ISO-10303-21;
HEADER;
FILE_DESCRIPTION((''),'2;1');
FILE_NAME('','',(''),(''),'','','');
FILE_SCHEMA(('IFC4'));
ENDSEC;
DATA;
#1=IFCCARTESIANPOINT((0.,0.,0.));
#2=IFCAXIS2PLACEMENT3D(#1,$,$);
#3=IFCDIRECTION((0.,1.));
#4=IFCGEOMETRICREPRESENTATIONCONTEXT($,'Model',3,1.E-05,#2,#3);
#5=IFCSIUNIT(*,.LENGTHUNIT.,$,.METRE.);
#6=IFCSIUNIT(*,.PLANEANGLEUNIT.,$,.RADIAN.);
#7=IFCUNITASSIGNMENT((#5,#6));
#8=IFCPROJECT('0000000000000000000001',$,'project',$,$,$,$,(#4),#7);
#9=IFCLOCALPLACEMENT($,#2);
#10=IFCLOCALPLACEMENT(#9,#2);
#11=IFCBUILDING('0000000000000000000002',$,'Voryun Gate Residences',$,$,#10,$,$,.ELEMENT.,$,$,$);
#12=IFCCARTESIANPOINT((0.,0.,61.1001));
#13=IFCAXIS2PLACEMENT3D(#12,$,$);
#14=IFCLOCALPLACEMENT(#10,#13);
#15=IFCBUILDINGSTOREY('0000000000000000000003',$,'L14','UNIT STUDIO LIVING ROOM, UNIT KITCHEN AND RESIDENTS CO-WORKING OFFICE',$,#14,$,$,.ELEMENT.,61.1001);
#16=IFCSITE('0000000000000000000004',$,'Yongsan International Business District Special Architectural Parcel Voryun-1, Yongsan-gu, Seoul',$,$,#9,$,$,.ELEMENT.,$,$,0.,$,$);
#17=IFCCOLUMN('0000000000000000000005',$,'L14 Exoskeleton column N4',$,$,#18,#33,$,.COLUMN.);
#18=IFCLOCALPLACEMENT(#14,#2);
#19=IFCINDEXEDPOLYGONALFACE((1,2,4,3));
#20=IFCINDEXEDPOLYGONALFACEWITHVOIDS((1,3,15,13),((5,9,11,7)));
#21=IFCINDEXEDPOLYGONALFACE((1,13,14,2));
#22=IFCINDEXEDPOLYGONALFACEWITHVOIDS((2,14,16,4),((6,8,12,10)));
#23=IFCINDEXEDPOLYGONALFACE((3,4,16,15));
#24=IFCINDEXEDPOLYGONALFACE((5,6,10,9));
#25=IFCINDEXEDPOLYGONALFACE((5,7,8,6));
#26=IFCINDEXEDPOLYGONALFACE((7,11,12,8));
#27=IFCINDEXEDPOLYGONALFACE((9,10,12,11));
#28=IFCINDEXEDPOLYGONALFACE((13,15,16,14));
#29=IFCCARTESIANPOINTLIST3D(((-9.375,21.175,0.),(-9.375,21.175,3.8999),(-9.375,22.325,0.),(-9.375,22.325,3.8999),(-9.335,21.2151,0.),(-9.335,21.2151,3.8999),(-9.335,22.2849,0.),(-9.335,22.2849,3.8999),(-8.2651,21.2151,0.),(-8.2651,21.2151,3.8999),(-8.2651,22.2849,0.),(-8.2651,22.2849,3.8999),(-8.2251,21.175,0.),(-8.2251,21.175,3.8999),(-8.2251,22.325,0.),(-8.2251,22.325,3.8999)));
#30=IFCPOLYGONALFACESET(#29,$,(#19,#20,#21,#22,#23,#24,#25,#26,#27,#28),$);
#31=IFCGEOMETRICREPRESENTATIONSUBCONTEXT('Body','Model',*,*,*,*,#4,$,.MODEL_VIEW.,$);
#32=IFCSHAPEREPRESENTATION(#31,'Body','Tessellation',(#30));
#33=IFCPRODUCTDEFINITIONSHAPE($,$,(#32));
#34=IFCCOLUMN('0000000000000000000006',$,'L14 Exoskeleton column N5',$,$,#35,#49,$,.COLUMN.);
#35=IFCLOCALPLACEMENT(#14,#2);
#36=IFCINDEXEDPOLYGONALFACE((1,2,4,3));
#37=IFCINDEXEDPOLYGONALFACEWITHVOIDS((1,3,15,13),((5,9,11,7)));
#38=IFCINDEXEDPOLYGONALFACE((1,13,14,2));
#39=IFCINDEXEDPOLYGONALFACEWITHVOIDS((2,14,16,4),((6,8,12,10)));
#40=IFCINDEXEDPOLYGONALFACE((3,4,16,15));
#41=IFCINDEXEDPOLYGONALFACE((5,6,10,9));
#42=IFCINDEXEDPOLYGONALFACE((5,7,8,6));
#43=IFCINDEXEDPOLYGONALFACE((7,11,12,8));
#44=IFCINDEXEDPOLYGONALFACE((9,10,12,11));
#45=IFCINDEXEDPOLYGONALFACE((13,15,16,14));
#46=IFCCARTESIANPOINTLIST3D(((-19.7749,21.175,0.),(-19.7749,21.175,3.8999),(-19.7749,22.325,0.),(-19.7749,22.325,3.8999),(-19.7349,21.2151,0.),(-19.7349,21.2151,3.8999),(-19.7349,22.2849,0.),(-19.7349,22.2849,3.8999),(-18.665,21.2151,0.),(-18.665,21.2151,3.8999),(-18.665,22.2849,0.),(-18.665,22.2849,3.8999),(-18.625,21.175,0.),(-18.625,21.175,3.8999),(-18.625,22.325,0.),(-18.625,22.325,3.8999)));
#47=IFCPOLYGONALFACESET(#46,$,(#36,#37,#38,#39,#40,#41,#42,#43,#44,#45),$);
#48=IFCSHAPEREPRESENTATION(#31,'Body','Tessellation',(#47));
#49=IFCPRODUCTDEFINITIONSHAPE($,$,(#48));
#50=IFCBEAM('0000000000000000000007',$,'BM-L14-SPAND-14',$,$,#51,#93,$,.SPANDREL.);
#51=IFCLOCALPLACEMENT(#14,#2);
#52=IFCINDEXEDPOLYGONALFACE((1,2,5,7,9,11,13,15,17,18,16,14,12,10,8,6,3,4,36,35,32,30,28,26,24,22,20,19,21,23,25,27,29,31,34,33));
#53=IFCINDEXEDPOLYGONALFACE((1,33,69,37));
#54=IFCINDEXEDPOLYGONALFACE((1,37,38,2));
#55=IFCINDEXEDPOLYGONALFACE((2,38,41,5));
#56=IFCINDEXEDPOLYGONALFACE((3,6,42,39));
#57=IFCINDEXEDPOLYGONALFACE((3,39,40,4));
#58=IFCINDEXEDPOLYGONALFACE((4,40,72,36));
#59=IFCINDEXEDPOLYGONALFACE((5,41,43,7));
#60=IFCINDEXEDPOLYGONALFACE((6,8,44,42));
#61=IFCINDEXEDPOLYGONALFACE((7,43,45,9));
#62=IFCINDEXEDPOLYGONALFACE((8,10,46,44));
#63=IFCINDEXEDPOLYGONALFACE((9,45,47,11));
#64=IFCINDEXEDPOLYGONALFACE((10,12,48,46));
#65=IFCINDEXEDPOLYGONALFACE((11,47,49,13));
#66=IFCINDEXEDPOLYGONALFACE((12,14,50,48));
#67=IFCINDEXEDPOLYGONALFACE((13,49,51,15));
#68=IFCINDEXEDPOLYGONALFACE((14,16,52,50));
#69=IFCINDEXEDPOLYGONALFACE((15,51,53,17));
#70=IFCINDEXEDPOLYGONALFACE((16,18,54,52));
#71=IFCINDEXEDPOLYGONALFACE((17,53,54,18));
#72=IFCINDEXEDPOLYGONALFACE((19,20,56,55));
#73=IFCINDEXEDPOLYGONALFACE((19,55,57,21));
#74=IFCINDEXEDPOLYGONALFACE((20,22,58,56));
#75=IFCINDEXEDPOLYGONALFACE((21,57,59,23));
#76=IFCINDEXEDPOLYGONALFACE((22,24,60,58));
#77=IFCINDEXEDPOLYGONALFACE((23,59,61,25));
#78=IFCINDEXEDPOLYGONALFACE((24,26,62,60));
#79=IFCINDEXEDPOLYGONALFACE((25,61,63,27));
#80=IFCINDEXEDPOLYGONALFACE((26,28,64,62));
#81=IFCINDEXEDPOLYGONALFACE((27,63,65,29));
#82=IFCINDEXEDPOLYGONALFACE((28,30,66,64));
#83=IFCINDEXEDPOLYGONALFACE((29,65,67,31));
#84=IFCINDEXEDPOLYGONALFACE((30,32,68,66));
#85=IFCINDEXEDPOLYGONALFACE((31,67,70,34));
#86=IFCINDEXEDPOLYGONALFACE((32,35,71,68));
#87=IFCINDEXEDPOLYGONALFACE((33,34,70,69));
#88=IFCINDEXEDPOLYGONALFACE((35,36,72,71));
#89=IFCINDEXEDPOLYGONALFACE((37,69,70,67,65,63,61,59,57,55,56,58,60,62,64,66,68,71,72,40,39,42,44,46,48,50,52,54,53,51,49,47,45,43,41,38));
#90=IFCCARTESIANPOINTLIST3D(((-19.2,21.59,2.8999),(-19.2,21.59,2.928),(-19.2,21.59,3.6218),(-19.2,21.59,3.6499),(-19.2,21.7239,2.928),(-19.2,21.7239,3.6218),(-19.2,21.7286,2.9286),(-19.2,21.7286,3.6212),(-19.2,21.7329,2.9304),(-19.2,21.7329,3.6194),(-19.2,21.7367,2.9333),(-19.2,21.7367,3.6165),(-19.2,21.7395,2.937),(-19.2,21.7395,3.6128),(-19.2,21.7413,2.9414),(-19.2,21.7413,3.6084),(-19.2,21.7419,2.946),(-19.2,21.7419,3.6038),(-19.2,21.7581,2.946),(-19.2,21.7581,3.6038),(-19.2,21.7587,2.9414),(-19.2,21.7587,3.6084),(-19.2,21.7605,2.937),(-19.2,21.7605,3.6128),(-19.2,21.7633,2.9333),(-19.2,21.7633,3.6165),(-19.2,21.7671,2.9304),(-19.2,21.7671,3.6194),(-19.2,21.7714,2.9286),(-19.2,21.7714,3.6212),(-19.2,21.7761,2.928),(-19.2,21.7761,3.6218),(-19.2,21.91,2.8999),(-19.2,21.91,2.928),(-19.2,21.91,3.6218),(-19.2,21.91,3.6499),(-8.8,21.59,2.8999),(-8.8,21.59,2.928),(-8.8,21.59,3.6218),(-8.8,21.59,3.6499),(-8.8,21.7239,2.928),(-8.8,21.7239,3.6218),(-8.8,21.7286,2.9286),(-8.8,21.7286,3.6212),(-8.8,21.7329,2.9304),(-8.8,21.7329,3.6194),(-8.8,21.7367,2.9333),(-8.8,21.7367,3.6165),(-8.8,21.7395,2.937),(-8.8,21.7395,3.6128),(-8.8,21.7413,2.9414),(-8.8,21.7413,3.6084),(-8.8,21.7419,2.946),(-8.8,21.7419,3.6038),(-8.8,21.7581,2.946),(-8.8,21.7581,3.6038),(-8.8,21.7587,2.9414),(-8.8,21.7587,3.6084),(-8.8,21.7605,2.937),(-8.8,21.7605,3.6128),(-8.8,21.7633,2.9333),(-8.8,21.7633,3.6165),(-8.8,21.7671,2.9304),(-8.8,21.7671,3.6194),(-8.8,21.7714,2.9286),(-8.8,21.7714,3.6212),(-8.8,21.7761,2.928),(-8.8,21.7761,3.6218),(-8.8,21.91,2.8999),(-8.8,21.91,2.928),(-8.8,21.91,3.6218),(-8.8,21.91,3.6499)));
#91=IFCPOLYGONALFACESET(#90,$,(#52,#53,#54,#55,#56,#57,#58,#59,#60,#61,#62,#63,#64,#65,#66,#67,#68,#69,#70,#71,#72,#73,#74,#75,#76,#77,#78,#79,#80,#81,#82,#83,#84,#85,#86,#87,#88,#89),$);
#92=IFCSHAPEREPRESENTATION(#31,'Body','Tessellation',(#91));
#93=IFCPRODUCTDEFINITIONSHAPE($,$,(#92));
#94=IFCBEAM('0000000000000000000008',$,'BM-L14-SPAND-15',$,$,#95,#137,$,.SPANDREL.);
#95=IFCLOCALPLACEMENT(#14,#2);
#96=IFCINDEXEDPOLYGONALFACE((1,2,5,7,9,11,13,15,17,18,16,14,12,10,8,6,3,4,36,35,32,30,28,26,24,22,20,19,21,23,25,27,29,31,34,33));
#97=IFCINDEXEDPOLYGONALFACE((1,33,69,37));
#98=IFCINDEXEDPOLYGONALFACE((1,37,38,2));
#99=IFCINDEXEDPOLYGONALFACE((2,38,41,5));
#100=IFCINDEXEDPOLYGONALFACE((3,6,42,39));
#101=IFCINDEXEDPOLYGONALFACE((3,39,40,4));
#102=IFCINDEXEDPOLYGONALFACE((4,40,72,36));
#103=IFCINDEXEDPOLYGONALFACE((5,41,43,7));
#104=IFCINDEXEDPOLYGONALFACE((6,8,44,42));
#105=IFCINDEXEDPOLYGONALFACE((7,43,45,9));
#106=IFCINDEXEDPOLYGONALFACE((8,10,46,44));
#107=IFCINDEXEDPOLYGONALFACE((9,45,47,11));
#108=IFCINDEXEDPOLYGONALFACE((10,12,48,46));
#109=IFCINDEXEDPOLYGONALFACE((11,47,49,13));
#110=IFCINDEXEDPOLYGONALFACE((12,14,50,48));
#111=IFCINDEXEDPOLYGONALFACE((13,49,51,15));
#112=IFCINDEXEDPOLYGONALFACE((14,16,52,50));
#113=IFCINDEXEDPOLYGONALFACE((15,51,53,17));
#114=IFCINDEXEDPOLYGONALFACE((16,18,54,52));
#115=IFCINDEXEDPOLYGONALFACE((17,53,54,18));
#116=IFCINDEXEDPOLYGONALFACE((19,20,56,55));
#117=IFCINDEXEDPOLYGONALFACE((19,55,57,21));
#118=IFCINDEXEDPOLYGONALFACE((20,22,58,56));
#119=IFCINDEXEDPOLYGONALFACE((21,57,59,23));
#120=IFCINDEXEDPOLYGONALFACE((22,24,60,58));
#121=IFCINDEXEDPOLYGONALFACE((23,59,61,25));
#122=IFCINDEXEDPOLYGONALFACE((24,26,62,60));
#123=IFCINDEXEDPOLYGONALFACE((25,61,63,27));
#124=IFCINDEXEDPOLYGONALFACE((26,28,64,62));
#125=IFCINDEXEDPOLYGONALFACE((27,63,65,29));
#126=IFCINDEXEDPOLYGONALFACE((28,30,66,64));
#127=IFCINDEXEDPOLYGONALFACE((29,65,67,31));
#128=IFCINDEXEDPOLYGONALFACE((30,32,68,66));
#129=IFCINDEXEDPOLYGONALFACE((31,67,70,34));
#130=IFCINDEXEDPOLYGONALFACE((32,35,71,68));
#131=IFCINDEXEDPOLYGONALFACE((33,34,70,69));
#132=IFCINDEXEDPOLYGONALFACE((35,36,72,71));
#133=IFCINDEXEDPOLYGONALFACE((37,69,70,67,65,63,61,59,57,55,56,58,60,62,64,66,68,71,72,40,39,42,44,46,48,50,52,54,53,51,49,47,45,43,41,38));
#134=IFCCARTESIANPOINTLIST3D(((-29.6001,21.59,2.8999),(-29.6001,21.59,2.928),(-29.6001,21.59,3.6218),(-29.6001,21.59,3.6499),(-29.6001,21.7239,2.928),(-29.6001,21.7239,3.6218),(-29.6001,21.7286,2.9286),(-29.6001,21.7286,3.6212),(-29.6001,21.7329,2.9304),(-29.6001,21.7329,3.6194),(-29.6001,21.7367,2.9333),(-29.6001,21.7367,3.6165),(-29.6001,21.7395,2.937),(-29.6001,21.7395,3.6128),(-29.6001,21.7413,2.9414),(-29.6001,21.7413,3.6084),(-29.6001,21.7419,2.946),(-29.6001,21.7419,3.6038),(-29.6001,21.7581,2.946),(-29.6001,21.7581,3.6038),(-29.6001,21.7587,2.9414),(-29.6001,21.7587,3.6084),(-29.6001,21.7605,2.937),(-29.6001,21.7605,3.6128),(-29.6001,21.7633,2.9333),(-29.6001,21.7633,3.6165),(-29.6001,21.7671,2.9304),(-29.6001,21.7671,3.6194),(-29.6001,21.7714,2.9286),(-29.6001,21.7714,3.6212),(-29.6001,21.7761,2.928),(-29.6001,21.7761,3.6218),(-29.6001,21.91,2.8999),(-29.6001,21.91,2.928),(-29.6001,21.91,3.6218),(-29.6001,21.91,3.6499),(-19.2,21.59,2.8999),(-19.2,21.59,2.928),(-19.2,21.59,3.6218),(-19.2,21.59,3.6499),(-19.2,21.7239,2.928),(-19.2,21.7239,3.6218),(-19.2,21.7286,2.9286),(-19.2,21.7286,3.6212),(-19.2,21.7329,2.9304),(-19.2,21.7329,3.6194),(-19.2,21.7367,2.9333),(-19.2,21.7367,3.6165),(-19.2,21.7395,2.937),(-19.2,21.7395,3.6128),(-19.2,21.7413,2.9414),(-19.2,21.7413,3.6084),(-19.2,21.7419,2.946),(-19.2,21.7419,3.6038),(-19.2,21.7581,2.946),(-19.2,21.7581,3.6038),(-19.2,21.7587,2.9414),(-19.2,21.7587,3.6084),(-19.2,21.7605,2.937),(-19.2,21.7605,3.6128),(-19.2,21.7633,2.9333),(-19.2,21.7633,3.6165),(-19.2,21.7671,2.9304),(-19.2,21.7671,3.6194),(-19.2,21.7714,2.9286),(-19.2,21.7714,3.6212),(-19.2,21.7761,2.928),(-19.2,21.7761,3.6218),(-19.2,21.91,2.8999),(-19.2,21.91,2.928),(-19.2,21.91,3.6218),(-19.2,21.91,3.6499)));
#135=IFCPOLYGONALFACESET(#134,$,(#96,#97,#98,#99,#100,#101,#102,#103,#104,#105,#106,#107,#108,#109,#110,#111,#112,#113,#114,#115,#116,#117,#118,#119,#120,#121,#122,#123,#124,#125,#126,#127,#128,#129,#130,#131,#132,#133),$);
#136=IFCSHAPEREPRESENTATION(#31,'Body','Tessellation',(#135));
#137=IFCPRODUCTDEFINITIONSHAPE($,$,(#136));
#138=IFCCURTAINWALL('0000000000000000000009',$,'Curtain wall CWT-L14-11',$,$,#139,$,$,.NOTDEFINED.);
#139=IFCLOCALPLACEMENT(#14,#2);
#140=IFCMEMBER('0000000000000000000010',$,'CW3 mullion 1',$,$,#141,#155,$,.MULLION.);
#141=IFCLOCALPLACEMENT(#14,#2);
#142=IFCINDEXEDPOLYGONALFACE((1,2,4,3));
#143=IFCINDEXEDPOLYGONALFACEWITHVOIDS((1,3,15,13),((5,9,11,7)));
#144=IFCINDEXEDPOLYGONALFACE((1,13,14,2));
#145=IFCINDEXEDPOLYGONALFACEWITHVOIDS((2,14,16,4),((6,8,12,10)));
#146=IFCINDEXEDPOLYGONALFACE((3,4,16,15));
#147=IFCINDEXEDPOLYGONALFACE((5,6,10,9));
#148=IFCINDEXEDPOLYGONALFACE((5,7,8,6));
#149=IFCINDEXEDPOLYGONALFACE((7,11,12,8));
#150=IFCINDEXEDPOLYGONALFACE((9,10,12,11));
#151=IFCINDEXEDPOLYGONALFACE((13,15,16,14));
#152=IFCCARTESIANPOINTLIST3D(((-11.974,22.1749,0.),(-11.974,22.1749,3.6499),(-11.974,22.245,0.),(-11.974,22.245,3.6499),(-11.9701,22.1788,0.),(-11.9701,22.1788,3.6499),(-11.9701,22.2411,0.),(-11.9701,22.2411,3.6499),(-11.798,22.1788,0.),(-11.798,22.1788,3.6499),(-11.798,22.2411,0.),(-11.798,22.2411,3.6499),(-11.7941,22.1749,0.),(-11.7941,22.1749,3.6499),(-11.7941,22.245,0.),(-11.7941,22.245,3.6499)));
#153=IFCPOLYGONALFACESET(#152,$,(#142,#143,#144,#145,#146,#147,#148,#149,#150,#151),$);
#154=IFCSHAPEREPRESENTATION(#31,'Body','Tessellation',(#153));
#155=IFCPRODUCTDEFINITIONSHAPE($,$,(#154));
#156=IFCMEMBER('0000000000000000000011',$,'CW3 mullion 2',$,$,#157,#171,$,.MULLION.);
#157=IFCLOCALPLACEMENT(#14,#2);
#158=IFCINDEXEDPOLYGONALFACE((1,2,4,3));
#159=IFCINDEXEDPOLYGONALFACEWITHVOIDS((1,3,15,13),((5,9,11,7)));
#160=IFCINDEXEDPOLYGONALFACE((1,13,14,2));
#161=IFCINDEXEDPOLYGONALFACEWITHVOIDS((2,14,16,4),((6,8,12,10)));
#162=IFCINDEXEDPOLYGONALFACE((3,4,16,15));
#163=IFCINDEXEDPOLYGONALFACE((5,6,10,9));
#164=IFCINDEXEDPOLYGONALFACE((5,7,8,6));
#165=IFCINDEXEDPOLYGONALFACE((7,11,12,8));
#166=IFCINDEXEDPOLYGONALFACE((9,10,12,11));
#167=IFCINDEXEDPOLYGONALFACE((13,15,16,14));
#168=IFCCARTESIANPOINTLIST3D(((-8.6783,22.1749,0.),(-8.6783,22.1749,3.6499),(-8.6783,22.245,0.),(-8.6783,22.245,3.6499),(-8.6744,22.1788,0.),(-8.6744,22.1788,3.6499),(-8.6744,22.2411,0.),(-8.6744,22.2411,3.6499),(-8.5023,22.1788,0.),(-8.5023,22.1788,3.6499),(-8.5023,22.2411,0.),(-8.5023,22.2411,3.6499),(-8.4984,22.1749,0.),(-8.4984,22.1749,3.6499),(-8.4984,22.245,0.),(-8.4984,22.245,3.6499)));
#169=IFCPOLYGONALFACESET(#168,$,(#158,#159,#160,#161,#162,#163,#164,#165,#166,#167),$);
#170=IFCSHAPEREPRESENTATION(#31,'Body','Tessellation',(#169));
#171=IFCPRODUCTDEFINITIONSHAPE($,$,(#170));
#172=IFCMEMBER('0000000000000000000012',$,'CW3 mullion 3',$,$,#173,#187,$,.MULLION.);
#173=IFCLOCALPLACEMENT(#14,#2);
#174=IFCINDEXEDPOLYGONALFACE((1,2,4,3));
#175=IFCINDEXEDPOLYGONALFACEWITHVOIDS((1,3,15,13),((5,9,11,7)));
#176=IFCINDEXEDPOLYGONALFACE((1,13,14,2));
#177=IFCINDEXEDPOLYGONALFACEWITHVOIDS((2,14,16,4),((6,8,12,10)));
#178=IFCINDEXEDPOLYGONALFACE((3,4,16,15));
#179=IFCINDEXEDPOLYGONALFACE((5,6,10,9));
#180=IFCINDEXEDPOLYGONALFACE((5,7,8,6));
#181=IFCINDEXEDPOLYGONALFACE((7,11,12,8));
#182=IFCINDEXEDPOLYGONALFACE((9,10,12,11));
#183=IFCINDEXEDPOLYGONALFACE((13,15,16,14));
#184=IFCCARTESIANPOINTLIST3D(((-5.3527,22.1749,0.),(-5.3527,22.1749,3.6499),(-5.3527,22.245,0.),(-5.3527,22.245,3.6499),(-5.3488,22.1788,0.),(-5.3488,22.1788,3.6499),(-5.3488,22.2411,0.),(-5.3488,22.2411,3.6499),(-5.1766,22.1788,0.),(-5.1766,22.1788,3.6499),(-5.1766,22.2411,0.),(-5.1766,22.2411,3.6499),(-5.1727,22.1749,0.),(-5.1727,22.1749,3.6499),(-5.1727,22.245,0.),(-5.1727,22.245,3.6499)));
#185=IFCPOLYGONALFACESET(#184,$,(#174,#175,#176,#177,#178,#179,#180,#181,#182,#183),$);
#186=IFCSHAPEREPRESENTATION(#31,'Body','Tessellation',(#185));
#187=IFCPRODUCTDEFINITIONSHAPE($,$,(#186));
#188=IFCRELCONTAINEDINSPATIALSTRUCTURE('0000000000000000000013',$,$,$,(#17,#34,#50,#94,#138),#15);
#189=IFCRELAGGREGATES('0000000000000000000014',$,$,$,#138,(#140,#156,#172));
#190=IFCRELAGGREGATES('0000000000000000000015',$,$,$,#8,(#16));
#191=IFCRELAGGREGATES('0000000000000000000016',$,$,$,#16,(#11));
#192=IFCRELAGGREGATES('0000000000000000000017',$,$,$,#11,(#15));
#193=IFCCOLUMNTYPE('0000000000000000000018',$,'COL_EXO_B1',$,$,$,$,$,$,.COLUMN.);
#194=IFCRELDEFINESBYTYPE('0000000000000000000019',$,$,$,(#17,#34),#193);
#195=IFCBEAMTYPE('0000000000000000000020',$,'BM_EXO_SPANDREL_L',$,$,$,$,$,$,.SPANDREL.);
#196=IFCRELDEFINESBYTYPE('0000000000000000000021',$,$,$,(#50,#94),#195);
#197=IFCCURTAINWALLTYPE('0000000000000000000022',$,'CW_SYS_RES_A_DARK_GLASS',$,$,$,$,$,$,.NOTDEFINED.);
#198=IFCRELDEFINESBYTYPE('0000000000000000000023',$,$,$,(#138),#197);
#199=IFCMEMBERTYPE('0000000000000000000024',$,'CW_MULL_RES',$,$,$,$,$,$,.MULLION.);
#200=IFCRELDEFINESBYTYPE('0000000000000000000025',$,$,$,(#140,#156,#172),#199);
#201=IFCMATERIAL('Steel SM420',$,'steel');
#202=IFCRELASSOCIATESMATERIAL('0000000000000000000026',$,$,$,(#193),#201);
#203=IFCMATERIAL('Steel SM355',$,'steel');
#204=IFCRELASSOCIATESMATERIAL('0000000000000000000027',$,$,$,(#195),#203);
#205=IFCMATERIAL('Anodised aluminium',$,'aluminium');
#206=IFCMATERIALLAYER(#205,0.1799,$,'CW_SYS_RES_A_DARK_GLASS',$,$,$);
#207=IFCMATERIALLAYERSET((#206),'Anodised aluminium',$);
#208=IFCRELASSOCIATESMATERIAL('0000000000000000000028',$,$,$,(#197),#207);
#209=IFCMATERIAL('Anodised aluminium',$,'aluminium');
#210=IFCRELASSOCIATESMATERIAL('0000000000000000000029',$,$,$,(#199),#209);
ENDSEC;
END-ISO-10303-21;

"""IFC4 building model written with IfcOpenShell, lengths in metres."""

from ifc_helpers import new_model, si_unit, direction, frame, origin, origin_2d, place, context, subcontext, project, spatial, hollow_rectangle, i_section, extrude, material, layer, layer_set, material_profile, profile_set, type_object, element, aggregate, save


model = new_model("IFC4")

# Units and contexts
model_context = context("Model", 3, precision=1e-05, world=origin(), true_north=direction((0.0, 1.0)))
body_context = subcontext(model_context, "Body", "Model", "MODEL_VIEW")
ifc_project = project(units=[si_unit("LENGTHUNIT", "METRE"), si_unit("PLANEANGLEUNIT", "RADIAN")], contexts=[model_context])

# Site, building, storey
site_placement = place(None, origin())
site = spatial("IfcSite", under=ifc_project, at=site_placement, Name="Yongsan International Business District Special Architectural Parcel Voryun-1, Yongsan-gu, Seoul", CompositionType="ELEMENT", RefElevation=0.0)
building_placement = place(site_placement, origin())
building = spatial("IfcBuilding", under=site, at=building_placement, Name="Voryun Gate Residences", CompositionType="ELEMENT")
storey_placement = place(building_placement, frame((0.0, 0.0, 61.1001)))
storey = spatial("IfcBuildingStorey", under=building, at=storey_placement, Name="L14", Description="UNIT STUDIO LIVING ROOM, UNIT KITCHEN AND RESIDENTS CO-WORKING OFFICE", CompositionType="ELEMENT", Elevation=61.1001)

# Columns
ifc_material_1 = material(Name="Steel SM420", Category="steel")
ifc_material_profile_1 = material_profile(ifc_material_1, hollow_rectangle(XDim=1.1499, YDim=1.1499, WallThickness=0.04, at=origin_2d()), Name="BOX-1150x1150x40")
ifc_profile_set_1 = profile_set([ifc_material_profile_1], Name="Steel SM420")
column_type = type_object("IfcColumnType", Name="COL_EXO_B1", PredefinedType="COLUMN", material=ifc_profile_set_1)
for number, where, z_axis, x_axis, name in (
    (1, (-8.8, 21.75, 0.0), (0.0, 0.0, 1.0), (1.0, 0.0, 0.0), "L14 Exoskeleton column N4"),
    (2, (-19.2, 21.75, 0.0), (0.0, 0.0, 1.0), (1.0, 0.0, 0.0), "L14 Exoskeleton column N5"),
):
    element("IfcColumn", number, at=place(storey_placement, frame(where, z_axis=z_axis, x_axis=x_axis)), inside=storey, type_object=column_type, Name=name, PredefinedType="COLUMN", context=body_context, shape_type="SweptSolid", body=[
        extrude(hollow_rectangle(XDim=1.1499, YDim=1.1499, WallThickness=0.04, at=origin_2d()), origin(), (0.0, 0.0, 1.0), 3.8999),
    ])

# Beams
ifc_material_2 = material(Name="Steel SM355", Category="steel")
ifc_material_profile_2 = material_profile(ifc_material_2, i_section(OverallWidth=0.3201, OverallDepth=0.75, WebThickness=0.0161, FlangeThickness=0.0281, FilletRadius=0.0181, at=origin_2d()), Name="H-750x320x16x28")
ifc_profile_set_2 = profile_set([ifc_material_profile_2], Name="Steel SM355")
beam_type = type_object("IfcBeamType", Name="BM_EXO_SPANDREL_L", PredefinedType="SPANDREL", material=ifc_profile_set_2)
beam_1_placement = place(storey_placement, frame((-8.8, 21.75, 3.2749), z_axis=(-1.0, 0.0, 0.0), x_axis=(0.0, -1.0, 0.0)))
element("IfcBeam", 3, at=beam_1_placement, inside=storey, type_object=beam_type, Name="BM-L14-SPAND-14", PredefinedType="SPANDREL", context=body_context, shape_type="SweptSolid", body=[
    extrude(i_section(OverallWidth=0.3201, OverallDepth=0.75, WebThickness=0.0161, FlangeThickness=0.0281, FilletRadius=0.0181, at=origin_2d()), origin(), (0.0, 0.0, 1.0), 10.3999),
])
beam_2_placement = place(storey_placement, frame((-19.2, 21.75, 3.2749), z_axis=(-1.0, 0.0, 0.0), x_axis=(0.0, -1.0, 0.0)))
element("IfcBeam", 4, at=beam_2_placement, inside=storey, type_object=beam_type, Name="BM-L14-SPAND-15", PredefinedType="SPANDREL", context=body_context, shape_type="SweptSolid", body=[
    extrude(i_section(OverallWidth=0.3201, OverallDepth=0.75, WebThickness=0.0161, FlangeThickness=0.0281, FilletRadius=0.0181, at=origin_2d()), origin(), (0.0, 0.0, 1.0), 10.4001),
])

# Curtain wall, members
ifc_material_3 = material(Name="Anodised aluminium", Category="aluminium")
ifc_layer_1 = layer(ifc_material_3, 0.1799, Name="CW_SYS_RES_A_DARK_GLASS")
ifc_layer_set_1 = layer_set([ifc_layer_1], Name="Anodised aluminium")
curtain_wall_type = type_object("IfcCurtainWallType", Name="CW_SYS_RES_A_DARK_GLASS", PredefinedType="NOTDEFINED", material=ifc_layer_set_1)
curtain_wall_placement = place(storey_placement, origin())
curtain_wall = element("IfcCurtainWall", 5, at=curtain_wall_placement, inside=storey, type_object=curtain_wall_type, Name="Curtain wall CWT-L14-11", PredefinedType="NOTDEFINED")
ifc_material_4 = material(Name="Anodised aluminium", Category="aluminium")
ifc_material_profile_3 = material_profile(ifc_material_4, hollow_rectangle(XDim=0.0701, YDim=0.1799, WallThickness=0.0039, at=origin_2d()), Name="ALU-MULL-180x70x4")
ifc_profile_set_3 = profile_set([ifc_material_profile_3], Name="Anodised aluminium")
member_type_1 = type_object("IfcMemberType", Name="CW_MULL_RES", PredefinedType="MULLION", material=ifc_profile_set_3)
member_1_placement = place(storey_placement, frame((-11.884, 22.21, 0.0), z_axis=(0.0, 0.0, 1.0), x_axis=(0.0, 1.0, 0.0)))
member_1 = element("IfcMember", 6, at=member_1_placement, type_object=member_type_1, Name="CW3 mullion 1", PredefinedType="MULLION", context=body_context, shape_type="SweptSolid", body=[
    extrude(hollow_rectangle(XDim=0.0701, YDim=0.1799, WallThickness=0.0039, at=origin_2d()), origin(), (0.0, 0.0, 1.0), 3.6499),
])
member_2_placement = place(storey_placement, frame((-8.5884, 22.21, 0.0), z_axis=(0.0, 0.0, 1.0), x_axis=(0.0, 1.0, 0.0)))
member_2 = element("IfcMember", 7, at=member_2_placement, type_object=member_type_1, Name="CW3 mullion 2", PredefinedType="MULLION", context=body_context, shape_type="SweptSolid", body=[
    extrude(hollow_rectangle(XDim=0.0701, YDim=0.1799, WallThickness=0.0039, at=origin_2d()), origin(), (0.0, 0.0, 1.0), 3.6499),
])
member_3_placement = place(storey_placement, frame((-5.2627, 22.21, 0.0), z_axis=(0.0, 0.0, 1.0), x_axis=(0.0, 1.0, 0.0)))
member_3 = element("IfcMember", 8, at=member_3_placement, type_object=member_type_1, Name="CW3 mullion 3", PredefinedType="MULLION", context=body_context, shape_type="SweptSolid", body=[
    extrude(hollow_rectangle(XDim=0.0701, YDim=0.1799, WallThickness=0.0039, at=origin_2d()), origin(), (0.0, 0.0, 1.0), 3.6499),
])
aggregate(curtain_wall, [member_1, member_2, member_3])

save(model, "model.ifc")
